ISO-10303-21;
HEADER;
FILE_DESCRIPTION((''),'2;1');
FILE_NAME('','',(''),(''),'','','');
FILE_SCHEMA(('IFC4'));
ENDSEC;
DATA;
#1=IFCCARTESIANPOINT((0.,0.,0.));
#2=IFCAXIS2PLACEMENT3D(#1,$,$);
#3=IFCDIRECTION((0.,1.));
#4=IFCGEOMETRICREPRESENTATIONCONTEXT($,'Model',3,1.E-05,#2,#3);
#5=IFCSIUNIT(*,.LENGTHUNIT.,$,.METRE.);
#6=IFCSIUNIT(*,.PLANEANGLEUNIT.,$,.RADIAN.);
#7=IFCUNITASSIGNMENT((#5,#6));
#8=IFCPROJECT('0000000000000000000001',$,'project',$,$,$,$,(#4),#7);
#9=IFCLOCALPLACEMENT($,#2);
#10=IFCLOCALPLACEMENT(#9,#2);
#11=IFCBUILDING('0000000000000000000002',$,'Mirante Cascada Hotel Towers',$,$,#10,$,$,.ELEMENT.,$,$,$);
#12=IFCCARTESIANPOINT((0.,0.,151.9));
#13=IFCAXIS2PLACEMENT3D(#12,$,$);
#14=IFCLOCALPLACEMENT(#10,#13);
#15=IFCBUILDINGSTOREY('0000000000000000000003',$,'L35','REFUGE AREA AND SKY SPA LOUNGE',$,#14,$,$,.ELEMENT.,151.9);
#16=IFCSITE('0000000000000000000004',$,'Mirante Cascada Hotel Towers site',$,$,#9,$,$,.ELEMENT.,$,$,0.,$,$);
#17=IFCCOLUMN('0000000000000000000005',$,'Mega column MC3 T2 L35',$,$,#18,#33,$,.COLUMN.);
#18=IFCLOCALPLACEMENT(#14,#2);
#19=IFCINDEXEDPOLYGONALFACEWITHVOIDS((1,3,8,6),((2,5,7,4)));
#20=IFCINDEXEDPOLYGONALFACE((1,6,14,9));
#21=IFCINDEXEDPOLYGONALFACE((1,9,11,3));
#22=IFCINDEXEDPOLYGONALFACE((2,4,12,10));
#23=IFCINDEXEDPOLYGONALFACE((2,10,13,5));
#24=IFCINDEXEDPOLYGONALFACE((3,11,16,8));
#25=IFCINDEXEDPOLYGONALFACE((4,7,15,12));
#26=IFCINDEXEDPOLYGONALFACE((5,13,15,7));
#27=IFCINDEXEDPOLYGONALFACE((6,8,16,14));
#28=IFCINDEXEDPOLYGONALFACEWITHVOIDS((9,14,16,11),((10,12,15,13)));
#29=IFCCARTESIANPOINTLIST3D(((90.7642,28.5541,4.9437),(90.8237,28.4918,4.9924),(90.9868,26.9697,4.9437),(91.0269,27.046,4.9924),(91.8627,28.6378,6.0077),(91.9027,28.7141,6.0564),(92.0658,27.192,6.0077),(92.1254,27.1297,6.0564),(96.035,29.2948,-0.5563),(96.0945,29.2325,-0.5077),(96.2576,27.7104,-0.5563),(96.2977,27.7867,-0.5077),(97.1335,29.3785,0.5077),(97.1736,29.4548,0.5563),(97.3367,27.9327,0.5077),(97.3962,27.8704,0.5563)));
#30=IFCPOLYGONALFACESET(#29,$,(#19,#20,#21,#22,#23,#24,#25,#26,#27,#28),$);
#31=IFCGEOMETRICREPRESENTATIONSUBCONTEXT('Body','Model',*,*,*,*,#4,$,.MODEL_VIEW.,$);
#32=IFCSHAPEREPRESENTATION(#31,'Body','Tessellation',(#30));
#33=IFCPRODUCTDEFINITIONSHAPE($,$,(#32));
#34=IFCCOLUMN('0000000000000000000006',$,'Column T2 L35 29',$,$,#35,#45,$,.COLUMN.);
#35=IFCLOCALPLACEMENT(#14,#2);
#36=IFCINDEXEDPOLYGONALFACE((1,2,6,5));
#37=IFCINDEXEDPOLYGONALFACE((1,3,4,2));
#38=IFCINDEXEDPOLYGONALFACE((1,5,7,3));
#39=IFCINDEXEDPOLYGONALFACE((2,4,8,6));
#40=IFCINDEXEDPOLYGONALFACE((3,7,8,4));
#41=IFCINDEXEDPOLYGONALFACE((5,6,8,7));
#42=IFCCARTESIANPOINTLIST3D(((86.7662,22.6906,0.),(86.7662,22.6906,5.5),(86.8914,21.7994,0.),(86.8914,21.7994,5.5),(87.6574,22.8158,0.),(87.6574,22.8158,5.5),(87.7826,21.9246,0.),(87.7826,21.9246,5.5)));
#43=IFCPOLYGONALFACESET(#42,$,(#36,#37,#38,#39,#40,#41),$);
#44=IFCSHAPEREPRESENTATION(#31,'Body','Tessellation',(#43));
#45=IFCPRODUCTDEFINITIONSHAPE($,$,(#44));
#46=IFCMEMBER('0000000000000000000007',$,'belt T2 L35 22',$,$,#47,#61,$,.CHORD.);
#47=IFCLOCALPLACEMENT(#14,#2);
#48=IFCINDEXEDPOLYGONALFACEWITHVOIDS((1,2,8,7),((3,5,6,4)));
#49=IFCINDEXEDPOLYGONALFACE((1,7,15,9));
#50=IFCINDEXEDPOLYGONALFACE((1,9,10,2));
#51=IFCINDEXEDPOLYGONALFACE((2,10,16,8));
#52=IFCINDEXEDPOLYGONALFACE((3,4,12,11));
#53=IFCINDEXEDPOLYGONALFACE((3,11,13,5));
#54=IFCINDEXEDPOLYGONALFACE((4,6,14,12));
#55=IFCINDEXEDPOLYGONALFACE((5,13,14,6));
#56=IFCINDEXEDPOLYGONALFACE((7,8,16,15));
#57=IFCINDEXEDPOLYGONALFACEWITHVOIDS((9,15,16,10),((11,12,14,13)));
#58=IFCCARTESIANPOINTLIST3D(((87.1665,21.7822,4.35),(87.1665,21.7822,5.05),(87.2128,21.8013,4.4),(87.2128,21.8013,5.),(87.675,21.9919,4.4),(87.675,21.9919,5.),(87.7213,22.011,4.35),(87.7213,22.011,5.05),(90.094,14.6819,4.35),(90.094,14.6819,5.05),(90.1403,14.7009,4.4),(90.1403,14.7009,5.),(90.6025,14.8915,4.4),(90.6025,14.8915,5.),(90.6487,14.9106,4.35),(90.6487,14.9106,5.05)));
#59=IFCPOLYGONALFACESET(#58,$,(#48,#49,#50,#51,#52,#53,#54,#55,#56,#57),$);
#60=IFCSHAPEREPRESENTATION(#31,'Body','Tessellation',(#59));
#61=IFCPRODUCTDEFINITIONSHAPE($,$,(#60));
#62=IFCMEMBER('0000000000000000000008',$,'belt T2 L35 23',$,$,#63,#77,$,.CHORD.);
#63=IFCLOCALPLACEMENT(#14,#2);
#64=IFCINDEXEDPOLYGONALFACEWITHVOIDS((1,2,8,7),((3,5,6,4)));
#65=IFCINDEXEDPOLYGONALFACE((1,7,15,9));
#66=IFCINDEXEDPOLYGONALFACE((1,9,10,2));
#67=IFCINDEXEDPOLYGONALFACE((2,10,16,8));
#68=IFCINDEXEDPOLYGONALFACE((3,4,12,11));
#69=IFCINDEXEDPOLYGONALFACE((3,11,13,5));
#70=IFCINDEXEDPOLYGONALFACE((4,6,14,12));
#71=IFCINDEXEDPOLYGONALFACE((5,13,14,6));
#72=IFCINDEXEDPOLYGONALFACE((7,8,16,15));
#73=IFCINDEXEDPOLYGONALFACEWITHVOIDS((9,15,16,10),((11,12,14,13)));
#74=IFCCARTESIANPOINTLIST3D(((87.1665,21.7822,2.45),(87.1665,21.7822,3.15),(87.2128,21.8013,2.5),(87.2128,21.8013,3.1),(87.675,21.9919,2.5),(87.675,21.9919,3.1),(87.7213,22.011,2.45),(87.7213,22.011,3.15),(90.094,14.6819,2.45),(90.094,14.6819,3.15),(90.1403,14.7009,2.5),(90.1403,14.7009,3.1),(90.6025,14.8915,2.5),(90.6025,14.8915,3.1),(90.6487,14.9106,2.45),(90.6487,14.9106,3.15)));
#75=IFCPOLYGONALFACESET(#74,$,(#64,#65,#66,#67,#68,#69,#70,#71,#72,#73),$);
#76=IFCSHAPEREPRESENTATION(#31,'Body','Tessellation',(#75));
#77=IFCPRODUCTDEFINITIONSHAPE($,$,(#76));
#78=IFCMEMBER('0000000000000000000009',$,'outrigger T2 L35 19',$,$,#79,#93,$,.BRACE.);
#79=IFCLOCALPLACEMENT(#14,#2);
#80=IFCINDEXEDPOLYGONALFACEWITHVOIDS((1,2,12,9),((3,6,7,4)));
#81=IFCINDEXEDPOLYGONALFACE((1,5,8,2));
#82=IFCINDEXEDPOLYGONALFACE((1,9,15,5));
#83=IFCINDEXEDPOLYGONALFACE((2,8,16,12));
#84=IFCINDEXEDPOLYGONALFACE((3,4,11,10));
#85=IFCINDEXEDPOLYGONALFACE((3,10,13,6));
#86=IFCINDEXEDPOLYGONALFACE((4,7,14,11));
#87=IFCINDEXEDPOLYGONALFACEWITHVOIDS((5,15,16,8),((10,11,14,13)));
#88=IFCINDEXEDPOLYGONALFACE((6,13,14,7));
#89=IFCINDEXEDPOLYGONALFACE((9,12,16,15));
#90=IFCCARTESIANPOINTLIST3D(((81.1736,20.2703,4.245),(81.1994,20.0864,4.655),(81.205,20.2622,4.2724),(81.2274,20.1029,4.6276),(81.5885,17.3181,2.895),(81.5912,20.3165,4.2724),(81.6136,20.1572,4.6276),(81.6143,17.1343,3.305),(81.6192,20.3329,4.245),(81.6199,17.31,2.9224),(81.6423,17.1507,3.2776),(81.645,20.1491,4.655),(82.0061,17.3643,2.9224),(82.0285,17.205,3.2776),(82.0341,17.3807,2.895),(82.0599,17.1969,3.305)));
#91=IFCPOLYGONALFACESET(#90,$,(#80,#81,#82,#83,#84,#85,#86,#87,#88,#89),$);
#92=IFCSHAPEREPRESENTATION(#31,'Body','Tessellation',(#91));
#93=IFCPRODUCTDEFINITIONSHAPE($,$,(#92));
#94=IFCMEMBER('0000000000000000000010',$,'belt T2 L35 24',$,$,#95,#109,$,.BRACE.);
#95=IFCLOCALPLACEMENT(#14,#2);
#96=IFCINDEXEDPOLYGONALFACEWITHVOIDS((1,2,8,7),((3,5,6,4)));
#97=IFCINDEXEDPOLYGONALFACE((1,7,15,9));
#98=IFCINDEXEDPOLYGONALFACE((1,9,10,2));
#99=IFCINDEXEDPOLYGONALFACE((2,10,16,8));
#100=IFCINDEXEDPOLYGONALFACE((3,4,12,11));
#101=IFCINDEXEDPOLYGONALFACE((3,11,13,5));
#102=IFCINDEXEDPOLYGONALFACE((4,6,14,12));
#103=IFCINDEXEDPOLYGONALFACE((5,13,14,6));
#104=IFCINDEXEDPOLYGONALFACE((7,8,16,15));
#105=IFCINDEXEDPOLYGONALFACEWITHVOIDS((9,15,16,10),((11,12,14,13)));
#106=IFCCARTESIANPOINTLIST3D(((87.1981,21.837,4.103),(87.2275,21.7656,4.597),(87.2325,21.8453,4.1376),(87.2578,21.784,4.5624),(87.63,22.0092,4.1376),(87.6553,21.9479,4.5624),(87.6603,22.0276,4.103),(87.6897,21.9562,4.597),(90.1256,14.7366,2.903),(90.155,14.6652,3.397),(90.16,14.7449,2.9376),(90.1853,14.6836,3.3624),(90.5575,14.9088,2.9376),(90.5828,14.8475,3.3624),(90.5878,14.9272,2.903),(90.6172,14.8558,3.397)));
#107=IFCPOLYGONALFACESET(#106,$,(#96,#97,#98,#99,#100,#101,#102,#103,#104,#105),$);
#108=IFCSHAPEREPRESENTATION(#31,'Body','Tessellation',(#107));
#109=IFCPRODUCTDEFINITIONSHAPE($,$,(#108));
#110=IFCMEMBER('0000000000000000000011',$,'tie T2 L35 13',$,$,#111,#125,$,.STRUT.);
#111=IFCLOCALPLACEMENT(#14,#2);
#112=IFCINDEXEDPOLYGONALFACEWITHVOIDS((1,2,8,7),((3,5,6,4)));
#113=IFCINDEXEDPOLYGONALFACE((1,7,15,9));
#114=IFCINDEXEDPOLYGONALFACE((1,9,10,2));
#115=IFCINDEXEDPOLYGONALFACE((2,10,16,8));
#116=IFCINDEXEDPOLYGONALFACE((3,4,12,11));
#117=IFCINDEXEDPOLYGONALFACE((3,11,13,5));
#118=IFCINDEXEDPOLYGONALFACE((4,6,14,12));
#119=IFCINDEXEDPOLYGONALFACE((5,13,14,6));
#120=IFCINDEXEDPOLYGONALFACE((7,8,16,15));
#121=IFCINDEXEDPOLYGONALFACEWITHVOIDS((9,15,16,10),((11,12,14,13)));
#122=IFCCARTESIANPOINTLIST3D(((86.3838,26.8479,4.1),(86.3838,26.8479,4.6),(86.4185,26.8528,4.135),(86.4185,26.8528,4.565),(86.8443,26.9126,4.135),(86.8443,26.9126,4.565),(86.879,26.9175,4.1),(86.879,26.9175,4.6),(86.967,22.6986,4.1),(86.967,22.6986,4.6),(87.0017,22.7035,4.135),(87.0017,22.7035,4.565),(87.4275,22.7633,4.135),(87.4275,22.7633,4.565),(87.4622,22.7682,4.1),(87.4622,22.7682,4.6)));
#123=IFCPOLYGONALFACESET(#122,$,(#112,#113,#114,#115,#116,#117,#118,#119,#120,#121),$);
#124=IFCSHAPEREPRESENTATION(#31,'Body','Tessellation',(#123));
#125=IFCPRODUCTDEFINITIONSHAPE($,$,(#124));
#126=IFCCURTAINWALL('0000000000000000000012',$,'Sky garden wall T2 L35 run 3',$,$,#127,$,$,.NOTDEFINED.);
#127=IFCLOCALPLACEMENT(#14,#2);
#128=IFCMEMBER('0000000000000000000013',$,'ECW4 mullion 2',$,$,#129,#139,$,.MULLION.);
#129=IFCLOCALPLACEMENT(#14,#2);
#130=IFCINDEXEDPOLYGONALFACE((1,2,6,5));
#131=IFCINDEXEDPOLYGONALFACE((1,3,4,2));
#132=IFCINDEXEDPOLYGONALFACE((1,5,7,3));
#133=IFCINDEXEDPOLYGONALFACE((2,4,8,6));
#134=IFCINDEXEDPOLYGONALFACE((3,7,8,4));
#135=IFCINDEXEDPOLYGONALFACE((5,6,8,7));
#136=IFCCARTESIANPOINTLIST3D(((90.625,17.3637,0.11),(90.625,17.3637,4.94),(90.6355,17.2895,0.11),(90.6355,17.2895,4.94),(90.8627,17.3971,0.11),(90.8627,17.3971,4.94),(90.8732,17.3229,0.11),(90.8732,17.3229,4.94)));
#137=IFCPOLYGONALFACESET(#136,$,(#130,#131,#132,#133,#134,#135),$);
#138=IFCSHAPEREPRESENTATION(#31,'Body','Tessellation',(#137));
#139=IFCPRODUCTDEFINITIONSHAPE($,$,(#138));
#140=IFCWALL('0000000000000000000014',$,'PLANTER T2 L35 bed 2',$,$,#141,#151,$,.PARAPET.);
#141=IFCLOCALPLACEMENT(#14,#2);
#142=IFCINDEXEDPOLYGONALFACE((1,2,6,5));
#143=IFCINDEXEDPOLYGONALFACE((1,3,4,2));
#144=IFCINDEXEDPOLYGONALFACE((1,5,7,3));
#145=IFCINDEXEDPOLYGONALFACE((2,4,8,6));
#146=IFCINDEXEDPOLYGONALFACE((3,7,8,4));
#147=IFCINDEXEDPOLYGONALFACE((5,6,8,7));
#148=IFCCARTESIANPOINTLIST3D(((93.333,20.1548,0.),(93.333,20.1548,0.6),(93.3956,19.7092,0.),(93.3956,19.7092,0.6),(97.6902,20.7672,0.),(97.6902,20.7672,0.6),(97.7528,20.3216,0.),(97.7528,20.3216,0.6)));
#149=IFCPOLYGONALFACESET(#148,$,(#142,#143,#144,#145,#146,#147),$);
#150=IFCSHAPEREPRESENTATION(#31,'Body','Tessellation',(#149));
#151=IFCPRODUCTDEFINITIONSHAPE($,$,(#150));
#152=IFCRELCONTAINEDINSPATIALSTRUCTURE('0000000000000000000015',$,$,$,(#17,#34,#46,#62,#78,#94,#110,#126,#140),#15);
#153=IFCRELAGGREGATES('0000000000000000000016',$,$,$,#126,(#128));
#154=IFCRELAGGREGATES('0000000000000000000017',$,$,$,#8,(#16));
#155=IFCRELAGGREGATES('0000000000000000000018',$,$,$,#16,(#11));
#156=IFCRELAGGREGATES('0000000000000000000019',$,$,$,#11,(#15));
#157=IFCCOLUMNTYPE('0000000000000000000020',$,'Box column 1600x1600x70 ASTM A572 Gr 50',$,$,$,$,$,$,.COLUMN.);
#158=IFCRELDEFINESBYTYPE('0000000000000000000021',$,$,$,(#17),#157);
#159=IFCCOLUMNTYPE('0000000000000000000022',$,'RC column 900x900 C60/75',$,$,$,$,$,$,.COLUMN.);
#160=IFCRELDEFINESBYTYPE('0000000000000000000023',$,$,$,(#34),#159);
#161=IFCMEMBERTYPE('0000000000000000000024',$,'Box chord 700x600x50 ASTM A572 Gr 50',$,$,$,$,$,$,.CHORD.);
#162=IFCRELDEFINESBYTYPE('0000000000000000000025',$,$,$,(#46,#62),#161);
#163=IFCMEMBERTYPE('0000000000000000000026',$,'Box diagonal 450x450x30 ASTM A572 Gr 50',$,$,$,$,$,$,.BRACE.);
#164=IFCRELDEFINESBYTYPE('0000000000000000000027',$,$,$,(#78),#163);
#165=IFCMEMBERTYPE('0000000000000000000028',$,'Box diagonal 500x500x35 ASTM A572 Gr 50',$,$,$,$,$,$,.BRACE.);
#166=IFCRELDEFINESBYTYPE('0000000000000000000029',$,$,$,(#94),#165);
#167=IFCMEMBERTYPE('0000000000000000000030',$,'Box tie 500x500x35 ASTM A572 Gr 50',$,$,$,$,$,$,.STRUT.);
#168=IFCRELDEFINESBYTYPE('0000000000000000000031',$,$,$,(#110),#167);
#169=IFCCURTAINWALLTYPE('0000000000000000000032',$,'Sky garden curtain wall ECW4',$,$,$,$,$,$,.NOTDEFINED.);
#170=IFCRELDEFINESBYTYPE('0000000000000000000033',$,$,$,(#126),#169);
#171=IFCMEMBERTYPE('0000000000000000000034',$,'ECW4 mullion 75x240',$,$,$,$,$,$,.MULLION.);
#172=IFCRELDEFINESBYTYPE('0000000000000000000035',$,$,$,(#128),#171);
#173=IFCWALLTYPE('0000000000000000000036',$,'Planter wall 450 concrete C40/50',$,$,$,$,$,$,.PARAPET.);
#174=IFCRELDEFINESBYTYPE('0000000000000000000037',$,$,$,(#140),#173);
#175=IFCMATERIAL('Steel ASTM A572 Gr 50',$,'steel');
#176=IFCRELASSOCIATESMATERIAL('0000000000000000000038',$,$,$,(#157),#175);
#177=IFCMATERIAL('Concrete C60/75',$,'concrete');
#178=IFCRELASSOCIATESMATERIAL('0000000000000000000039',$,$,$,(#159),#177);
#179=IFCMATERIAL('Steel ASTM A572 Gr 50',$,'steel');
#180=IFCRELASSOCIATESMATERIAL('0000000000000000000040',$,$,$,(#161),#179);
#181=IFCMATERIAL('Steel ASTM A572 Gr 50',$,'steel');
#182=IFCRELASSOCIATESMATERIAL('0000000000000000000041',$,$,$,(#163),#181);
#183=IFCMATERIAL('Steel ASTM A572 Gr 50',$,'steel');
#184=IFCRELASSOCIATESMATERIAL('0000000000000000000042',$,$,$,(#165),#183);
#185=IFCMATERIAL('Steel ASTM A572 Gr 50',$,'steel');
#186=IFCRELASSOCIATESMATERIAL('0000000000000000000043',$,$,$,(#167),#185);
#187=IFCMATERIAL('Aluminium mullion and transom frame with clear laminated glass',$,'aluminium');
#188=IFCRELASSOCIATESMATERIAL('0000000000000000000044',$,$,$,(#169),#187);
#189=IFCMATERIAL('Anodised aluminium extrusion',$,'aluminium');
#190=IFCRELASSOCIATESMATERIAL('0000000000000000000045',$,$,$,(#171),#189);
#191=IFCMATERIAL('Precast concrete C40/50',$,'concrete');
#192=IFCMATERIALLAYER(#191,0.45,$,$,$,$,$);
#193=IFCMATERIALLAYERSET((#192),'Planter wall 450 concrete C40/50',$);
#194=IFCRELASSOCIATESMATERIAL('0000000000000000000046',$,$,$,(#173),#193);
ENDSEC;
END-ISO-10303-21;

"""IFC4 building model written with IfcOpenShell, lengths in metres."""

from ifc_helpers import new_model, si_unit, direction, frame, frame_2d, origin, origin_2d, place, context, subcontext, project, spatial, rectangle, hollow_rectangle, extrude, material, layer, layer_set, material_profile, profile_set, type_object, element, aggregate, save


model = new_model("IFC4")

# Units and contexts
model_context = context("Model", 3, precision=1e-05, world=origin(), true_north=direction((0.0, 1.0)))
body_context = subcontext(model_context, "Body", "Model", "MODEL_VIEW")
ifc_project = project(units=[si_unit("LENGTHUNIT", "METRE"), si_unit("PLANEANGLEUNIT", "RADIAN")], contexts=[model_context])

# Site, building, storey
site_placement = place(None, origin())
site = spatial("IfcSite", under=ifc_project, at=site_placement, Name="Mirante Cascada Hotel Towers site", CompositionType="ELEMENT", RefElevation=0.0)
building_placement = place(site_placement, origin())
building = spatial("IfcBuilding", under=site, at=building_placement, Name="Mirante Cascada Hotel Towers", CompositionType="ELEMENT")
storey_placement = place(building_placement, frame((0.0, 0.0, 151.9)))
storey = spatial("IfcBuildingStorey", under=building, at=storey_placement, Name="L35", Description="REFUGE AREA AND SKY SPA LOUNGE", CompositionType="ELEMENT", Elevation=151.9)

# Columns
ifc_material_1 = material(Name="Steel ASTM A572 Gr 50", Category="steel")
ifc_material_profile_1 = material_profile(ifc_material_1, hollow_rectangle(XDim=1.6, YDim=1.6, WallThickness=0.07, at=origin_2d()), Name="Box column 1600x1600x70 ASTM A572 Gr 50")
ifc_profile_set_1 = profile_set([ifc_material_profile_1], Name="Steel ASTM A572 Gr 50")
column_type_1 = type_object("IfcColumnType", Name="Box column 1600x1600x70 ASTM A572 Gr 50", PredefinedType="COLUMN", material=ifc_profile_set_1)
column_1_placement = place(storey_placement, frame((96.7156, 28.5826, 0.0), z_axis=(-0.688655, -0.096776, 0.718602), x_axis=(0.139162, -0.99027, 0.0)))
element("IfcColumn", 1, at=column_1_placement, inside=storey, type_object=column_type_1, Name="Mega column MC3 T2 L35", PredefinedType="COLUMN", context=body_context, shape_type="SweptSolid", body=[
    extrude(hollow_rectangle(XDim=1.6, YDim=1.6, WallThickness=0.07, at=origin_2d()), origin(), (0.0, 0.0, 1.0), 7.6538),
])
ifc_material_2 = material(Name="Concrete C60/75", Category="concrete")
ifc_material_profile_2 = material_profile(ifc_material_2, rectangle(XDim=0.9, YDim=0.9, at=origin_2d()), Name="RC column 900x900 C60/75")
ifc_profile_set_2 = profile_set([ifc_material_profile_2], Name="Concrete C60/75")
column_type_2 = type_object("IfcColumnType", Name="RC column 900x900 C60/75", PredefinedType="COLUMN", material=ifc_profile_set_2)
column_2_placement = place(storey_placement, frame((87.2744, 22.3076, 0.0), z_axis=(0.0, 0.0, 1.0), x_axis=(0.990268, 0.139173, 0.0)))
element("IfcColumn", 2, at=column_2_placement, inside=storey, type_object=column_type_2, Name="Column T2 L35 29", PredefinedType="COLUMN", context=body_context, shape_type="SweptSolid", body=[
    extrude(rectangle(XDim=0.9, YDim=0.9, at=origin_2d()), origin(), (0.0, 0.0, 1.0), 5.5),
])

# Members
ifc_material_3 = material(Name="Steel ASTM A572 Gr 50", Category="steel")
ifc_material_profile_3 = material_profile(ifc_material_3, hollow_rectangle(XDim=0.6, YDim=0.7, WallThickness=0.05, at=origin_2d()), Name="Box chord 700x600x50 ASTM A572 Gr 50")
ifc_profile_set_3 = profile_set([ifc_material_profile_3], Name="Steel ASTM A572 Gr 50")
member_type_1 = type_object("IfcMemberType", Name="Box chord 700x600x50 ASTM A572 Gr 50", PredefinedType="CHORD", material=ifc_profile_set_3)
for number, where, z_axis, x_axis, name in (
    (3, (87.4439, 21.8966, 4.7), (0.381173, -0.924504, 0.0), (0.924504, 0.381173, 0.0), "belt T2 L35 22"),
    (4, (87.4439, 21.8966, 2.8), (0.381173, -0.924504, 0.0), (0.924504, 0.381173, 0.0), "belt T2 L35 23"),
):
    element("IfcMember", number, at=place(storey_placement, frame(where, z_axis=z_axis, x_axis=x_axis)), inside=storey, type_object=member_type_1, Name=name, PredefinedType="CHORD", context=body_context, shape_type="SweptSolid", body=[
        extrude(hollow_rectangle(XDim=0.6, YDim=0.7, WallThickness=0.05, at=origin_2d()), origin(), (0.0, 0.0, 1.0), 7.6802),
    ])
ifc_material_4 = material(Name="Steel ASTM A572 Gr 50", Category="steel")
ifc_material_profile_4 = material_profile(ifc_material_4, hollow_rectangle(XDim=0.45, YDim=0.45, WallThickness=0.03, at=origin_2d()), Name="Box diagonal 450x450x30 ASTM A572 Gr 50")
ifc_profile_set_4 = profile_set([ifc_material_profile_4], Name="Steel ASTM A572 Gr 50")
member_type_2 = type_object("IfcMemberType", Name="Box diagonal 450x450x30 ASTM A572 Gr 50", PredefinedType="BRACE", material=ifc_profile_set_4)
member_1_placement = place(storey_placement, frame((81.8242, 17.2575, 3.1), z_axis=(-0.126779, 0.902087, 0.412512), x_axis=(-0.990268, -0.139172, 0.0)))
element("IfcMember", 5, at=member_1_placement, inside=storey, type_object=member_type_2, Name="outrigger T2 L35 19", PredefinedType="BRACE", context=body_context, shape_type="SweptSolid", body=[
    extrude(hollow_rectangle(XDim=0.45, YDim=0.45, WallThickness=0.03, at=origin_2d()), origin(), (0.0, 0.0, 1.0), 3.2726),
])
ifc_material_5 = material(Name="Steel ASTM A572 Gr 50", Category="steel")
ifc_material_profile_5 = material_profile(ifc_material_5, hollow_rectangle(XDim=0.5, YDim=0.5, WallThickness=0.035, at=origin_2d()), Name="Box diagonal 500x500x35 ASTM A572 Gr 50")
ifc_profile_set_5 = profile_set([ifc_material_profile_5], Name="Steel ASTM A572 Gr 50")
member_type_3 = type_object("IfcMemberType", Name="Box diagonal 500x500x35 ASTM A572 Gr 50", PredefinedType="BRACE", material=ifc_profile_set_5)
member_2_placement = place(storey_placement, frame((87.4439, 21.8966, 4.35), z_axis=(0.376604, -0.913421, -0.154372), x_axis=(0.924504, 0.381173, 0.0)))
element("IfcMember", 6, at=member_2_placement, inside=storey, type_object=member_type_3, Name="belt T2 L35 24", PredefinedType="BRACE", context=body_context, shape_type="SweptSolid", body=[
    extrude(hollow_rectangle(XDim=0.5, YDim=0.5, WallThickness=0.035, at=origin_2d()), origin(), (0.0, 0.0, 1.0), 7.7734),
])
ifc_material_6 = material(Name="Steel ASTM A572 Gr 50", Category="steel")
ifc_material_profile_6 = material_profile(ifc_material_6, hollow_rectangle(XDim=0.5, YDim=0.5, WallThickness=0.035, at=origin_2d()), Name="Box tie 500x500x35 ASTM A572 Gr 50")
ifc_profile_set_6 = profile_set([ifc_material_profile_6], Name="Steel ASTM A572 Gr 50")
member_type_4 = type_object("IfcMemberType", Name="Box tie 500x500x35 ASTM A572 Gr 50", PredefinedType="STRUT", material=ifc_profile_set_6)
member_3_placement = place(storey_placement, frame((87.2146, 22.7334, 4.35), z_axis=(-0.139186, 0.990266, 0.0), x_axis=(-0.990266, -0.139186, 0.0)))
element("IfcMember", 7, at=member_3_placement, inside=storey, type_object=member_type_4, Name="tie T2 L35 13", PredefinedType="STRUT", context=body_context, shape_type="SweptSolid", body=[
    extrude(hollow_rectangle(XDim=0.5, YDim=0.5, WallThickness=0.035, at=origin_2d()), origin(), (0.0, 0.0, 1.0), 4.1901),
])

# Curtain wall, member
ifc_material_7 = material(Name="Aluminium mullion and transom frame with clear laminated glass", Category="aluminium")
curtain_wall_type = type_object("IfcCurtainWallType", Name="Sky garden curtain wall ECW4", PredefinedType="NOTDEFINED", material=ifc_material_7)
curtain_wall_placement = place(storey_placement, origin())
curtain_wall = element("IfcCurtainWall", 8, at=curtain_wall_placement, inside=storey, type_object=curtain_wall_type, Name="Sky garden wall T2 L35 run 3", PredefinedType="NOTDEFINED")
ifc_material_8 = material(Name="Anodised aluminium extrusion", Category="aluminium")
ifc_material_profile_7 = material_profile(ifc_material_8, rectangle(XDim=0.24, YDim=0.075, at=origin_2d()), Name="ECW4 MULLION 75x240")
ifc_profile_set_7 = profile_set([ifc_material_profile_7], Name="Anodised aluminium extrusion")
member_type_5 = type_object("IfcMemberType", Name="ECW4 mullion 75x240", PredefinedType="MULLION", material=ifc_profile_set_7)
member_4_placement = place(storey_placement, frame((90.7491, 17.3433, 0.11), z_axis=(0.0, 0.0, 1.0), x_axis=(-0.990268, -0.139173, 0.0)))
member_4 = element("IfcMember", 9, at=member_4_placement, type_object=member_type_5, Name="ECW4 mullion 2", PredefinedType="MULLION", context=body_context, shape_type="SweptSolid", body=[
    extrude(rectangle(XDim=0.24, YDim=0.075, at=origin_2d()), origin(), (0.0, 0.0, 1.0), 4.83),
])
aggregate(curtain_wall, [member_4])

# Wall
ifc_material_9 = material(Name="Precast concrete C40/50", Category="concrete")
ifc_layer_1 = layer(ifc_material_9, 0.45)
ifc_layer_set_1 = layer_set([ifc_layer_1], Name="Planter wall 450 concrete C40/50")
wall_type_1 = type_object("IfcWallType", Name="Planter wall 450 concrete C40/50", PredefinedType="PARAPET", material=ifc_layer_set_1)
wall_1_placement = place(storey_placement, frame((93.3643, 19.932, 0.0), z_axis=(0.0, 0.0, 1.0), x_axis=(0.990267, 0.139181, 0.0)))
element("IfcWall", 10, at=wall_1_placement, inside=storey, type_object=wall_type_1, Name="PLANTER T2 L35 bed 2", PredefinedType="PARAPET", context=body_context, shape_type="SweptSolid", body=[
    extrude(rectangle(XDim=4.4, YDim=0.45, at=frame_2d((2.2, 0.0))), origin(), (0.0, 0.0, 1.0), 0.6),
])

save(model, "model.ifc")
